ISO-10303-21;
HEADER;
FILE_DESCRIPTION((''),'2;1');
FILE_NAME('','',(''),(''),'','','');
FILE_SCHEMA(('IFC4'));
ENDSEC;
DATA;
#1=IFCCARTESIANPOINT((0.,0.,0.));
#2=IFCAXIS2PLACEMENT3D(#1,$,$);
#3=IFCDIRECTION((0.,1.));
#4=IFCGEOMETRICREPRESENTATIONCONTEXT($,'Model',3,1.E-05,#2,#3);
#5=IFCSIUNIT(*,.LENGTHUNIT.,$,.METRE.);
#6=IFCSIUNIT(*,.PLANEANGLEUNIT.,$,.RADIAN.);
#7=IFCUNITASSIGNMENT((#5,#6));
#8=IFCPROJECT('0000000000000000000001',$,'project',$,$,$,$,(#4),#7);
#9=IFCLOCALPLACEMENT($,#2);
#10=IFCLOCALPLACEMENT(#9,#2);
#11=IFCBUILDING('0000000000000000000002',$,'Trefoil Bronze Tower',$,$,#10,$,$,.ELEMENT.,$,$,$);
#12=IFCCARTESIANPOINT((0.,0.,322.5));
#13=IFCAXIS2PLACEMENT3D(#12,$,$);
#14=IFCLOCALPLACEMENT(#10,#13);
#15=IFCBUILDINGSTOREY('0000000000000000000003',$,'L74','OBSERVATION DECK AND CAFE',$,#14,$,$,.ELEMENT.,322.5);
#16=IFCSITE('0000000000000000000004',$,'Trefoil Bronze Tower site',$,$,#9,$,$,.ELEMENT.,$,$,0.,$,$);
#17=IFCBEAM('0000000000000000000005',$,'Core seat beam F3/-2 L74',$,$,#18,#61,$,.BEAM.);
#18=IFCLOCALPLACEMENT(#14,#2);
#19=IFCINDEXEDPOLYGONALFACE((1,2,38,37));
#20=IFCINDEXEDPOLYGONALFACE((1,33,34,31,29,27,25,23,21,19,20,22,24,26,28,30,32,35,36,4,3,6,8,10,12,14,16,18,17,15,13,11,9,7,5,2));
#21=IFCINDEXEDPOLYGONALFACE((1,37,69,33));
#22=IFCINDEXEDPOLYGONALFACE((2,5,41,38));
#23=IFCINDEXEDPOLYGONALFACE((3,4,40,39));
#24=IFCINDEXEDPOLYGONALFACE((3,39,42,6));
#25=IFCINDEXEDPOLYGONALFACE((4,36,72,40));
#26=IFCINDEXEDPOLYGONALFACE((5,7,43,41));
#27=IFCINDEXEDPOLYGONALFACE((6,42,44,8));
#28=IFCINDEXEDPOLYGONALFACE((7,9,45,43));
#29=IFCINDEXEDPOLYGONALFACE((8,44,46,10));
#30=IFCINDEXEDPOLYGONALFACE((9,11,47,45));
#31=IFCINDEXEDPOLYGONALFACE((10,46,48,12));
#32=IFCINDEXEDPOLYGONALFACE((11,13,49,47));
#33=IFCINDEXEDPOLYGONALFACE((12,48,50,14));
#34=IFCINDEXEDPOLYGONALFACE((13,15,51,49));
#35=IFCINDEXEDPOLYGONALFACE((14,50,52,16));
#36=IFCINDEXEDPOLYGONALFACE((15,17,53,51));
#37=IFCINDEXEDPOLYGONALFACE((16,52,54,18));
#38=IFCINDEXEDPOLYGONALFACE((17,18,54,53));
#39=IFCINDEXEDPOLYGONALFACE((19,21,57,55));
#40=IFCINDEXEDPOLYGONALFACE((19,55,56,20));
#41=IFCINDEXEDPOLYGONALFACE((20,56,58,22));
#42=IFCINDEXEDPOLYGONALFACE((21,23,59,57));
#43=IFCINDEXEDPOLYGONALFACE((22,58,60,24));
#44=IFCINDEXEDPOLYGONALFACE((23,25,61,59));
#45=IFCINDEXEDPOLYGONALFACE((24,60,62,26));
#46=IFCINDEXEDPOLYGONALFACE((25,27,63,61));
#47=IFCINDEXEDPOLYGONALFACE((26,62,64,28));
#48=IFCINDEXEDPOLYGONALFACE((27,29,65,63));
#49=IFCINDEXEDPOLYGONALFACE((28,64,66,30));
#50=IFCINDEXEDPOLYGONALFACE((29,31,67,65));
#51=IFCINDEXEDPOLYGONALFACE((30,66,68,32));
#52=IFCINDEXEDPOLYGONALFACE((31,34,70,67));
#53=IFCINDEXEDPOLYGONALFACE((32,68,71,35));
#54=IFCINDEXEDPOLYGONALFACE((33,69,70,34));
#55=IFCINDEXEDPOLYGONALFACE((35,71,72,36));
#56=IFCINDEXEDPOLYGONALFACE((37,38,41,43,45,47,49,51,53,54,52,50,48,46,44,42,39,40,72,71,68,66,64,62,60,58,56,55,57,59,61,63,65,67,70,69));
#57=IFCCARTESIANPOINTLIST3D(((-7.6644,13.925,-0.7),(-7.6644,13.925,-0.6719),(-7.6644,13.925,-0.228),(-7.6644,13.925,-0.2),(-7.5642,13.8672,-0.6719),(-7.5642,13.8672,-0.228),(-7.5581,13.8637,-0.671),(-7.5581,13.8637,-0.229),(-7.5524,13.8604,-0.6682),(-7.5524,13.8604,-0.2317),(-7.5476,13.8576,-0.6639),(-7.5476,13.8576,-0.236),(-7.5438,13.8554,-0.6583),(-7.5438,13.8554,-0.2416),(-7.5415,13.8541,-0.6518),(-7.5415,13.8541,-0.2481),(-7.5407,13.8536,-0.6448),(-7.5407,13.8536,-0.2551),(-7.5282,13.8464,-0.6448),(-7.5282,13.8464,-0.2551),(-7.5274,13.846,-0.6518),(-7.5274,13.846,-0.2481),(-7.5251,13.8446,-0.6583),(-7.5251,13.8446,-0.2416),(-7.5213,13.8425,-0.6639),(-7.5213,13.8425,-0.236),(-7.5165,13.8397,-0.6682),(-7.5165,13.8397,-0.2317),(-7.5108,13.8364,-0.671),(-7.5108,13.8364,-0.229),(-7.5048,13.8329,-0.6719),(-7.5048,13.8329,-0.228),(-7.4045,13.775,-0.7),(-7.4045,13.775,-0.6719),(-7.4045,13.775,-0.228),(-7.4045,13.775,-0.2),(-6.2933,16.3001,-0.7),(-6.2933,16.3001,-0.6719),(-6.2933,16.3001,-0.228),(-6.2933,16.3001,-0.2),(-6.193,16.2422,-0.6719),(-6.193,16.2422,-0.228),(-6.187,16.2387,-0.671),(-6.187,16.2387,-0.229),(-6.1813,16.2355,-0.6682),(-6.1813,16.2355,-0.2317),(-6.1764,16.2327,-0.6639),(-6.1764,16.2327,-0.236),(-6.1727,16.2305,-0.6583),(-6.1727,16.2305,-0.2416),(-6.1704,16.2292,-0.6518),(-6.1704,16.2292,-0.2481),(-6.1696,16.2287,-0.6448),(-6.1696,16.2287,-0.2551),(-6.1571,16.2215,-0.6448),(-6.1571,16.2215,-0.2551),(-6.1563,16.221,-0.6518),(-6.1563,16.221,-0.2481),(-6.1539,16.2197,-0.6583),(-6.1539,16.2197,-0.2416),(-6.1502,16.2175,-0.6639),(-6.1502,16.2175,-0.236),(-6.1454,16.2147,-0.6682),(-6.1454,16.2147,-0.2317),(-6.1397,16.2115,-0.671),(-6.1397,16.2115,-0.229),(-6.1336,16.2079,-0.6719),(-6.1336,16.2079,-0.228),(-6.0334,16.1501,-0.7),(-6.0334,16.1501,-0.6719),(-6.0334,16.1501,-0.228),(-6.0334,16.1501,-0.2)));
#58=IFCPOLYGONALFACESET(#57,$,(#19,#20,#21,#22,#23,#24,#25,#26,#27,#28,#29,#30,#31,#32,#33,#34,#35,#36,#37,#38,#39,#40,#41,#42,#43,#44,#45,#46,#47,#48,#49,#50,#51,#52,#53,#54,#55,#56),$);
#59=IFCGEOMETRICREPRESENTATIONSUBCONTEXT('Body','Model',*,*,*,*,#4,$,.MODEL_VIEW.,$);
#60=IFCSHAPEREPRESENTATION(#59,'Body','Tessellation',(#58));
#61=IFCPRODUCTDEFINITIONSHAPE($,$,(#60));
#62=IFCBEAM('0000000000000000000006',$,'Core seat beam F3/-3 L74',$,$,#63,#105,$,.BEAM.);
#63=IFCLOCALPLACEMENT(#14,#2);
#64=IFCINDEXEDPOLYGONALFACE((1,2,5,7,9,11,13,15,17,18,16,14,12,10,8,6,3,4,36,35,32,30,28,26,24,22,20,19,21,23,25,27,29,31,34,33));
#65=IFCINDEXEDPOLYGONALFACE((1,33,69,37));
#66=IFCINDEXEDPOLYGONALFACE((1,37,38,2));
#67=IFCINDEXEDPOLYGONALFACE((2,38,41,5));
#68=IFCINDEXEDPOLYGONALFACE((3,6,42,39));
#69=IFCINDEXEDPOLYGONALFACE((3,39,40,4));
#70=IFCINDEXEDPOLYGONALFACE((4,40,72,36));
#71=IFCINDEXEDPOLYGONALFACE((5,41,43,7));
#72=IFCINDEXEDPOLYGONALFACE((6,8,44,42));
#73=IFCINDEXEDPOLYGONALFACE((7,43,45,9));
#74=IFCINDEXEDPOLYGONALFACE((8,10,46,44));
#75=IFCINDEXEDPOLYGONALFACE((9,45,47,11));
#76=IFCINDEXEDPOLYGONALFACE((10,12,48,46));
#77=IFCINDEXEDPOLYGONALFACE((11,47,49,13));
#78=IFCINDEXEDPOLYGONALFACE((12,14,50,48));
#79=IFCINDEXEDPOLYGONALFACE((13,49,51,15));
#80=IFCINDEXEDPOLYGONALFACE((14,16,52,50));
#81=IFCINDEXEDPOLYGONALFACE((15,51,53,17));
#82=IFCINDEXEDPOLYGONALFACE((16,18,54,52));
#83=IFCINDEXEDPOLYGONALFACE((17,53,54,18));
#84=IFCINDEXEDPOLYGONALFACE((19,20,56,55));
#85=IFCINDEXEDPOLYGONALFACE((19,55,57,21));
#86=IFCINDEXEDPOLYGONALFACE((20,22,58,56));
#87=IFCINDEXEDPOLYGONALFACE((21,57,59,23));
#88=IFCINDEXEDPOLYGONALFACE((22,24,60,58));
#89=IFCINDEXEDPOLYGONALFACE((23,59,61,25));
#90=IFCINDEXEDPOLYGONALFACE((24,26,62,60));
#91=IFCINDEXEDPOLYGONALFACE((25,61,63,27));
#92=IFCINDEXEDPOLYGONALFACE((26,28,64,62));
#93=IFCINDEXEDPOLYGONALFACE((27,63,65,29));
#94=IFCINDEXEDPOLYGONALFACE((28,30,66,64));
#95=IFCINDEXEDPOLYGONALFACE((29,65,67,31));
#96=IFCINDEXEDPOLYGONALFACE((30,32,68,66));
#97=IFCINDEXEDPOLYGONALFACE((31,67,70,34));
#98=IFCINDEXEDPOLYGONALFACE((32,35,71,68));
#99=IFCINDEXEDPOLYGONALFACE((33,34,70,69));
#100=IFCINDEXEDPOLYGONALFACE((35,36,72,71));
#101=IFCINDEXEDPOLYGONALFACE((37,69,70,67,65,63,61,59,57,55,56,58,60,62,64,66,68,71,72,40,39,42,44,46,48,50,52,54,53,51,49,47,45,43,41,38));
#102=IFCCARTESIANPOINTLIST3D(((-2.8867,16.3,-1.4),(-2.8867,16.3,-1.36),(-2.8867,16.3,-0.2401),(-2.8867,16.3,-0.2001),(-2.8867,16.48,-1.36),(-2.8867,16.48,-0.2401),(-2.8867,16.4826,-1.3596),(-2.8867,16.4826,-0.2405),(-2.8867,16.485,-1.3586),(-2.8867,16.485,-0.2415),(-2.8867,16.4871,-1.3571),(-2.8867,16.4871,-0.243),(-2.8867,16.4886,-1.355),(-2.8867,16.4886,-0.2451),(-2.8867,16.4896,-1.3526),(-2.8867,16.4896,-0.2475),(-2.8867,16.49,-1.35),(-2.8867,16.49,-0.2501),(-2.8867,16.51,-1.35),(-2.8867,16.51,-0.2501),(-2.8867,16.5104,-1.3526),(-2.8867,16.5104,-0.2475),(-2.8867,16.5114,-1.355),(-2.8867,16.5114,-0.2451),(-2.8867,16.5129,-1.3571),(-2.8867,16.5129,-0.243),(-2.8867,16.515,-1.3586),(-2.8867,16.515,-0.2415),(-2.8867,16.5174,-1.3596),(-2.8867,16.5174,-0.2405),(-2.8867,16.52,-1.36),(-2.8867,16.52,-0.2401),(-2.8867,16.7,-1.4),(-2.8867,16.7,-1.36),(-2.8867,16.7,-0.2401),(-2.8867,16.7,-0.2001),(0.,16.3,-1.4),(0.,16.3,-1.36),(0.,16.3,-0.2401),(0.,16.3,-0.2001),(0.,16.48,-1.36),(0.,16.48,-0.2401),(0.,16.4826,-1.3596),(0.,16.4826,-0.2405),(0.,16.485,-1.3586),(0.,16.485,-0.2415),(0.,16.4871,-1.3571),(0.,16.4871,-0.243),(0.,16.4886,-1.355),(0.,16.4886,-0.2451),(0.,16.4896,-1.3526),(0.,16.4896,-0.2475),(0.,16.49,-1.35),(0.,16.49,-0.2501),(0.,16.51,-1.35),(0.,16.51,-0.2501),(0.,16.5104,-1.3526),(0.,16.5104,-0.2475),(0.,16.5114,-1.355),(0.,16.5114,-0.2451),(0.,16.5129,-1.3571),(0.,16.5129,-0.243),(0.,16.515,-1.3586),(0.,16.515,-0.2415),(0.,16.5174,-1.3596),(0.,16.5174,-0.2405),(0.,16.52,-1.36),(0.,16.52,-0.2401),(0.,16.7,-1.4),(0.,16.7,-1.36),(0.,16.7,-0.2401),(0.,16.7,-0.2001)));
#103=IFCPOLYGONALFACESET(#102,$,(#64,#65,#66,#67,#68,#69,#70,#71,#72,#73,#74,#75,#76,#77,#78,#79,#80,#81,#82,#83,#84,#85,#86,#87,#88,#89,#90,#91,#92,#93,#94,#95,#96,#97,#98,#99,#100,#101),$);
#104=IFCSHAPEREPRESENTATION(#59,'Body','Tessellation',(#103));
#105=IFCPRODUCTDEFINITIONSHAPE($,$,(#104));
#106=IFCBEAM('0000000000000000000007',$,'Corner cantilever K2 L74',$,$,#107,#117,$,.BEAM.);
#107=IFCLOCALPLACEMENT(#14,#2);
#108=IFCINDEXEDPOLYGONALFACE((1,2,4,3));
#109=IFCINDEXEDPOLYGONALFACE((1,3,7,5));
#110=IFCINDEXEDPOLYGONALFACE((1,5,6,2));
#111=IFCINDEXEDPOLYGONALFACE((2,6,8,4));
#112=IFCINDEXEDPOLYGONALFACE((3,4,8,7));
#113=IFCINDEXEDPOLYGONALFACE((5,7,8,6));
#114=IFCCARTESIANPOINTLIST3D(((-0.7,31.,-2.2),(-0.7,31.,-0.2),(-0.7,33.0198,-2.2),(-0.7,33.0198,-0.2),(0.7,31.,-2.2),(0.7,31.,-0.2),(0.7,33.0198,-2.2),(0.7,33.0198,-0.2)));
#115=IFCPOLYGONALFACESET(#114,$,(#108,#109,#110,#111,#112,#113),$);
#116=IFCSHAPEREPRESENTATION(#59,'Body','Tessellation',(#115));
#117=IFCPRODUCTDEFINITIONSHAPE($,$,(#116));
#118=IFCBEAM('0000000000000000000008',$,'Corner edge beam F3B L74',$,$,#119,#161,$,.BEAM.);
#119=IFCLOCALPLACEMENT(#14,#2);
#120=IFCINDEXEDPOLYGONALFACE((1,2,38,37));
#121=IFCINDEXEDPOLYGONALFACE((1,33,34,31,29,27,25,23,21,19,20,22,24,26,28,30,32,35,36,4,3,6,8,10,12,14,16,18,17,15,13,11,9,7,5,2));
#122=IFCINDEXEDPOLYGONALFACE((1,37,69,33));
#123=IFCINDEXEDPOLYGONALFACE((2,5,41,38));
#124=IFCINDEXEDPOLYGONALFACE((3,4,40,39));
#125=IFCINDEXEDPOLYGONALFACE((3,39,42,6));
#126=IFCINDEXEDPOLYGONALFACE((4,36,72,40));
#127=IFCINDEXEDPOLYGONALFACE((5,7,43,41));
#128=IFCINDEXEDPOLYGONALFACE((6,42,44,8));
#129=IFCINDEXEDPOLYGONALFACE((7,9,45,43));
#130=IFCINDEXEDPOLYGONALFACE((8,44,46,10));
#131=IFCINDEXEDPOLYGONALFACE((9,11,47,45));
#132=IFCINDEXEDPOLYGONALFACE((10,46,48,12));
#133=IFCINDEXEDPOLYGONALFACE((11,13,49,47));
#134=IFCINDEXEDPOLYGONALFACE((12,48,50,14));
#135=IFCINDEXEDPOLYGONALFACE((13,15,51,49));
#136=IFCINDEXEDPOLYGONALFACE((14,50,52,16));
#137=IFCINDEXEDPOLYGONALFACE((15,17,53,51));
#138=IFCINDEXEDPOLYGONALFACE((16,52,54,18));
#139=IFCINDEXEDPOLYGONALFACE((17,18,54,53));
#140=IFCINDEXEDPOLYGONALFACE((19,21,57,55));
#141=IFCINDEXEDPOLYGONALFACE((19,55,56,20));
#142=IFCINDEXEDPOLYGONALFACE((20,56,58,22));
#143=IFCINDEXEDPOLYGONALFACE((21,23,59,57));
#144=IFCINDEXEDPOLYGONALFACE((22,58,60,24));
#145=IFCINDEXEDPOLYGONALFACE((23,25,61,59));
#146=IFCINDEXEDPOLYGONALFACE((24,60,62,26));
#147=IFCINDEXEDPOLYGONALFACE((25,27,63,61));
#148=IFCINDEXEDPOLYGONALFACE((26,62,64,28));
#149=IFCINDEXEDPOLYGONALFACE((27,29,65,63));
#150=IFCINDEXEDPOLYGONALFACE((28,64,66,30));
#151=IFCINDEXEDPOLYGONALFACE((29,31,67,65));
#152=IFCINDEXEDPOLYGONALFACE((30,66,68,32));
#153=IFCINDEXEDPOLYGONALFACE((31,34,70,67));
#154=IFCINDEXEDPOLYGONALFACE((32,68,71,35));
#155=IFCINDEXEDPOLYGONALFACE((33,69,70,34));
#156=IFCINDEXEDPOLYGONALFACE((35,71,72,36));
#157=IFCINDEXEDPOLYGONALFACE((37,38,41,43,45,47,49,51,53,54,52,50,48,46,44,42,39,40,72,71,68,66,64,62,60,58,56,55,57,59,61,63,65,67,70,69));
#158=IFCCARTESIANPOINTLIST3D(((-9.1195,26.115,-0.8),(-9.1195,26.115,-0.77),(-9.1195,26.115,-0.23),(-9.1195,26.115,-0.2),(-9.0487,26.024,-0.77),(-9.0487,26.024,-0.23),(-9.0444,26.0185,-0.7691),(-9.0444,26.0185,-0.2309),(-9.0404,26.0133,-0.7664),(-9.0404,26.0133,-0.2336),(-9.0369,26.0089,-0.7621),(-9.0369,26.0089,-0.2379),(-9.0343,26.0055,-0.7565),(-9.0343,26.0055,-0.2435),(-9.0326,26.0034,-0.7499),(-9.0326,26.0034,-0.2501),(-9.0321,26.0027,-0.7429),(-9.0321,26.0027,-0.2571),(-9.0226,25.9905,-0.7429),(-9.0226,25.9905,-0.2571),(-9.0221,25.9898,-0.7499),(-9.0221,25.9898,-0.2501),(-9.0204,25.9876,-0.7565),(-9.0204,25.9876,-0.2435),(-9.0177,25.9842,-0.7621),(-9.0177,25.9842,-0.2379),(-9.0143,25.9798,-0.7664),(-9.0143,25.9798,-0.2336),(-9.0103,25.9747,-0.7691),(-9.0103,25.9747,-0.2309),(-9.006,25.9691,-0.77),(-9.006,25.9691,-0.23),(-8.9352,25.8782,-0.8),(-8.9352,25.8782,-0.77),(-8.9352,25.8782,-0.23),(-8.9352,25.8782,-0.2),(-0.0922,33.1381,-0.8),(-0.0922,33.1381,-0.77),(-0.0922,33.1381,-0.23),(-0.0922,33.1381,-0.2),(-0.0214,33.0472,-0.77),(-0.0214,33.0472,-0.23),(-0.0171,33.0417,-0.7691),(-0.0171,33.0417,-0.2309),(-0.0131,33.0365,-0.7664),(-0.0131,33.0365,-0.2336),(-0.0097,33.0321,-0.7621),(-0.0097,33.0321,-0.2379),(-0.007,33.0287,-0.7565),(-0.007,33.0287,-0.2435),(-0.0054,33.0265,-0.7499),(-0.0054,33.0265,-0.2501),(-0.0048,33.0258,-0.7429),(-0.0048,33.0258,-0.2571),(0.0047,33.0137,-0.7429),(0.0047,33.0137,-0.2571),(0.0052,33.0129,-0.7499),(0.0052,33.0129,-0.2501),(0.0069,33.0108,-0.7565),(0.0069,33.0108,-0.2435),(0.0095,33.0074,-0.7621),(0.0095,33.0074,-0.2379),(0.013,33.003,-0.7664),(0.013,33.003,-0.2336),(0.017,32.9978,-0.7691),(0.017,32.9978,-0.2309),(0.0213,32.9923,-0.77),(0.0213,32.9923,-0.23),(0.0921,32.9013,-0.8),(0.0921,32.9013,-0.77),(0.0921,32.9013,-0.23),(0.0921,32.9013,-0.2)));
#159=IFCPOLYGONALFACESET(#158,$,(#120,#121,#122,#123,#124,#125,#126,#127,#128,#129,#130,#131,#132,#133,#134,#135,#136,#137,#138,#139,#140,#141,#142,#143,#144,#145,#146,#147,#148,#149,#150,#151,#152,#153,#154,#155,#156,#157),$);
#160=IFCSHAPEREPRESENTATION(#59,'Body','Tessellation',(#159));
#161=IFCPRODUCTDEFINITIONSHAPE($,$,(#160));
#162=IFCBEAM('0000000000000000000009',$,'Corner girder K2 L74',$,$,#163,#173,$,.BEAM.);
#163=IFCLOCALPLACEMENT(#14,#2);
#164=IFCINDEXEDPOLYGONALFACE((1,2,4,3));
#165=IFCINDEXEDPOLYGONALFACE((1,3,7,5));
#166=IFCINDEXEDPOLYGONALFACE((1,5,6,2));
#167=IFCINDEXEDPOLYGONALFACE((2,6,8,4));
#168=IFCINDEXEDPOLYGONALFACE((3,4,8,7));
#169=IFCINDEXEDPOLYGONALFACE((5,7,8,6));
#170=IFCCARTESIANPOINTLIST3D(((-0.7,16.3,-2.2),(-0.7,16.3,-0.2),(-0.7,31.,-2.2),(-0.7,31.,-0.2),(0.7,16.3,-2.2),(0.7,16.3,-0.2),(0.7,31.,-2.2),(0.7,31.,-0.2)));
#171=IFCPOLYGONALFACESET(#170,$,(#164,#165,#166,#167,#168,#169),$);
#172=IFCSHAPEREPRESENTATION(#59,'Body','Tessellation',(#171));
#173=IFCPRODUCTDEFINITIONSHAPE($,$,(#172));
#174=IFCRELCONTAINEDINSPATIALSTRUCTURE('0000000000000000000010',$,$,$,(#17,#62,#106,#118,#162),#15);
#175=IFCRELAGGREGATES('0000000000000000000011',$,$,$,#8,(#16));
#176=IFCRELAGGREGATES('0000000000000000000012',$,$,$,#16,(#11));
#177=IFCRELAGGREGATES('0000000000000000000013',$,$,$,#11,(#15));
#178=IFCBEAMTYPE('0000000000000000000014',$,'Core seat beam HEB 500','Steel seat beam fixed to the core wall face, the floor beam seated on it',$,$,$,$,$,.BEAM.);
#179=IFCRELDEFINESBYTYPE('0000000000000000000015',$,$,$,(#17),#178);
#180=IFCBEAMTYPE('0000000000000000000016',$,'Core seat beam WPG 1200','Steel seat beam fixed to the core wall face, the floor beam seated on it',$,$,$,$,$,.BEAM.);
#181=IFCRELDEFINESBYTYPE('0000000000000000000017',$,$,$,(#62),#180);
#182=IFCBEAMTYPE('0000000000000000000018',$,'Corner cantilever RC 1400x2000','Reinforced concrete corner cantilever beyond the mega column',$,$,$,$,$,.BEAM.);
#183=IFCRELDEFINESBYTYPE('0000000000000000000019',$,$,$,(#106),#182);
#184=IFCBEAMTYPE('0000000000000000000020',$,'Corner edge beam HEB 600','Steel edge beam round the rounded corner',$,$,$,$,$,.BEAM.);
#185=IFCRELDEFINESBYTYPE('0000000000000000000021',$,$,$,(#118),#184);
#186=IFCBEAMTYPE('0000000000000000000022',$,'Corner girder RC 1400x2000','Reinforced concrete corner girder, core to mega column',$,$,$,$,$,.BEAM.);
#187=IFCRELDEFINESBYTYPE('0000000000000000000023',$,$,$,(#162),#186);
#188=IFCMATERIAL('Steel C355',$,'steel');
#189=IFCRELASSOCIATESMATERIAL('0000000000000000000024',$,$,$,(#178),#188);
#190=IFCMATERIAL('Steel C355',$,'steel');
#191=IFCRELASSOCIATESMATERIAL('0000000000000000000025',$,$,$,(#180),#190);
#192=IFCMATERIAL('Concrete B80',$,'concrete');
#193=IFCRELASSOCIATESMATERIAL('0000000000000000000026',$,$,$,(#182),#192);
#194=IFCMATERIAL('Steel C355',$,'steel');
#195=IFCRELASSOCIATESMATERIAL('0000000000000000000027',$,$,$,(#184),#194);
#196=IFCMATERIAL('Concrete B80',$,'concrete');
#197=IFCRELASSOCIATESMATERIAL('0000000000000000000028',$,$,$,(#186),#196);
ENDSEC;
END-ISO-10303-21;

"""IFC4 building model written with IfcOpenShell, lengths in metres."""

from ifc_helpers import new_model, si_unit, direction, frame, origin, origin_2d, place, context, subcontext, project, spatial, rectangle, i_section, extrude, material, material_profile, profile_set, type_object, element, save


model = new_model("IFC4")

# Units and contexts
model_context = context("Model", 3, precision=1e-05, world=origin(), true_north=direction((0.0, 1.0)))
body_context = subcontext(model_context, "Body", "Model", "MODEL_VIEW")
ifc_project = project(units=[si_unit("LENGTHUNIT", "METRE"), si_unit("PLANEANGLEUNIT", "RADIAN")], contexts=[model_context])

# Site, building, storey
site_placement = place(None, origin())
site = spatial("IfcSite", under=ifc_project, at=site_placement, Name="Trefoil Bronze Tower site", CompositionType="ELEMENT", RefElevation=0.0)
building_placement = place(site_placement, origin())
building = spatial("IfcBuilding", under=site, at=building_placement, Name="Trefoil Bronze Tower", CompositionType="ELEMENT")
storey_placement = place(building_placement, frame((0.0, 0.0, 322.5)))
storey = spatial("IfcBuildingStorey", under=building, at=storey_placement, Name="L74", Description="OBSERVATION DECK AND CAFE", CompositionType="ELEMENT", Elevation=322.5)

# Beams
ifc_material_1 = material(Name="Steel C355", Category="steel")
ifc_material_profile_1 = material_profile(ifc_material_1, i_section(OverallWidth=0.3, OverallDepth=0.5, WebThickness=0.0144, FlangeThickness=0.0281, FilletRadius=0.0271, at=origin_2d()), Name="HEB 500")
ifc_profile_set_1 = profile_set([ifc_material_profile_1], Name="Steel C355")
beam_type_1 = type_object("IfcBeamType", Name="Core seat beam HEB 500", Description="Steel seat beam fixed to the core wall face, the floor beam seated on it", PredefinedType="BEAM", material=ifc_profile_set_1)
beam_1_placement = place(storey_placement, frame((-6.1633, 16.2251, -0.45), z_axis=(-0.499969, -0.866043, 0.0), x_axis=(0.866043, -0.499969, 0.0)))
element("IfcBeam", 1, at=beam_1_placement, inside=storey, type_object=beam_type_1, Name="Core seat beam F3/-2 L74", PredefinedType="BEAM", context=body_context, shape_type="SweptSolid", body=[
    extrude(i_section(OverallWidth=0.3, OverallDepth=0.5, WebThickness=0.0144, FlangeThickness=0.0281, FilletRadius=0.0271, at=origin_2d()), origin(), (0.0, 0.0, 1.0), 2.7424),
])
ifc_material_2 = material(Name="Steel C355", Category="steel")
ifc_material_profile_2 = material_profile(ifc_material_2, i_section(OverallWidth=0.3999, OverallDepth=1.2, WebThickness=0.02, FlangeThickness=0.04, FilletRadius=0.01, at=origin_2d()), Name="WPG 1200")
ifc_profile_set_2 = profile_set([ifc_material_profile_2], Name="Steel C355")
beam_type_2 = type_object("IfcBeamType", Name="Core seat beam WPG 1200", Description="Steel seat beam fixed to the core wall face, the floor beam seated on it", PredefinedType="BEAM", material=ifc_profile_set_2)
beam_2_placement = place(storey_placement, frame((0.0, 16.5, -0.8), z_axis=(-1.0, 0.0, 0.0), x_axis=(0.0, -1.0, 0.0)))
element("IfcBeam", 2, at=beam_2_placement, inside=storey, type_object=beam_type_2, Name="Core seat beam F3/-3 L74", PredefinedType="BEAM", context=body_context, shape_type="SweptSolid", body=[
    extrude(i_section(OverallWidth=0.3999, OverallDepth=1.2, WebThickness=0.02, FlangeThickness=0.04, FilletRadius=0.01, at=origin_2d()), origin(), (0.0, 0.0, 1.0), 2.8867),
])
ifc_material_3 = material(Name="Concrete B80", Category="concrete")
ifc_material_profile_3 = material_profile(ifc_material_3, rectangle(XDim=1.3999, YDim=2.0, at=origin_2d()), Name="RC 1400x2000")
ifc_profile_set_3 = profile_set([ifc_material_profile_3], Name="Concrete B80")
beam_type_3 = type_object("IfcBeamType", Name="Corner cantilever RC 1400x2000", Description="Reinforced concrete corner cantilever beyond the mega column", PredefinedType="BEAM", material=ifc_profile_set_3)
beam_3_placement = place(storey_placement, frame((0.0, 31.0, -1.2), z_axis=(0.0, 1.0, 0.0), x_axis=(-1.0, 0.0, 0.0)))
element("IfcBeam", 3, at=beam_3_placement, inside=storey, type_object=beam_type_3, Name="Corner cantilever K2 L74", PredefinedType="BEAM", context=body_context, shape_type="SweptSolid", body=[
    extrude(rectangle(XDim=1.3999, YDim=2.0, at=origin_2d()), origin(), (0.0, 0.0, 1.0), 2.0198),
])
ifc_material_4 = material(Name="Steel C355", Category="steel")
ifc_material_profile_4 = material_profile(ifc_material_4, i_section(OverallWidth=0.3, OverallDepth=0.6001, WebThickness=0.0154, FlangeThickness=0.03, FilletRadius=0.0271, at=origin_2d()), Name="HEB 600")
ifc_profile_set_4 = profile_set([ifc_material_profile_4], Name="Steel C355")
beam_type_4 = type_object("IfcBeamType", Name="Corner edge beam HEB 600", Description="Steel edge beam round the rounded corner", PredefinedType="BEAM", material=ifc_profile_set_4)
beam_4_placement = place(storey_placement, frame((-9.0273, 25.9966, -0.5), z_axis=(0.789271, 0.614046, 0.0), x_axis=(-0.614046, 0.789271, 0.0)))
element("IfcBeam", 4, at=beam_4_placement, inside=storey, type_object=beam_type_4, Name="Corner edge beam F3B L74", PredefinedType="BEAM", context=body_context, shape_type="SweptSolid", body=[
    extrude(i_section(OverallWidth=0.3, OverallDepth=0.6001, WebThickness=0.0154, FlangeThickness=0.03, FilletRadius=0.0271, at=origin_2d()), origin(), (0.0, 0.0, 1.0), 11.4375),
])
ifc_material_5 = material(Name="Concrete B80", Category="concrete")
ifc_material_profile_5 = material_profile(ifc_material_5, rectangle(XDim=1.3999, YDim=2.0, at=origin_2d()), Name="RC 1400x2000")
ifc_profile_set_5 = profile_set([ifc_material_profile_5], Name="Concrete B80")
beam_type_5 = type_object("IfcBeamType", Name="Corner girder RC 1400x2000", Description="Reinforced concrete corner girder, core to mega column", PredefinedType="BEAM", material=ifc_profile_set_5)
beam_5_placement = place(storey_placement, frame((0.0, 16.3, -1.2), z_axis=(0.0, 1.0, 0.0), x_axis=(-1.0, 0.0, 0.0)))
element("IfcBeam", 5, at=beam_5_placement, inside=storey, type_object=beam_type_5, Name="Corner girder K2 L74", PredefinedType="BEAM", context=body_context, shape_type="SweptSolid", body=[
    extrude(rectangle(XDim=1.3999, YDim=2.0, at=origin_2d()), origin(), (0.0, 0.0, 1.0), 14.7),
])

save(model, "model.ifc")
